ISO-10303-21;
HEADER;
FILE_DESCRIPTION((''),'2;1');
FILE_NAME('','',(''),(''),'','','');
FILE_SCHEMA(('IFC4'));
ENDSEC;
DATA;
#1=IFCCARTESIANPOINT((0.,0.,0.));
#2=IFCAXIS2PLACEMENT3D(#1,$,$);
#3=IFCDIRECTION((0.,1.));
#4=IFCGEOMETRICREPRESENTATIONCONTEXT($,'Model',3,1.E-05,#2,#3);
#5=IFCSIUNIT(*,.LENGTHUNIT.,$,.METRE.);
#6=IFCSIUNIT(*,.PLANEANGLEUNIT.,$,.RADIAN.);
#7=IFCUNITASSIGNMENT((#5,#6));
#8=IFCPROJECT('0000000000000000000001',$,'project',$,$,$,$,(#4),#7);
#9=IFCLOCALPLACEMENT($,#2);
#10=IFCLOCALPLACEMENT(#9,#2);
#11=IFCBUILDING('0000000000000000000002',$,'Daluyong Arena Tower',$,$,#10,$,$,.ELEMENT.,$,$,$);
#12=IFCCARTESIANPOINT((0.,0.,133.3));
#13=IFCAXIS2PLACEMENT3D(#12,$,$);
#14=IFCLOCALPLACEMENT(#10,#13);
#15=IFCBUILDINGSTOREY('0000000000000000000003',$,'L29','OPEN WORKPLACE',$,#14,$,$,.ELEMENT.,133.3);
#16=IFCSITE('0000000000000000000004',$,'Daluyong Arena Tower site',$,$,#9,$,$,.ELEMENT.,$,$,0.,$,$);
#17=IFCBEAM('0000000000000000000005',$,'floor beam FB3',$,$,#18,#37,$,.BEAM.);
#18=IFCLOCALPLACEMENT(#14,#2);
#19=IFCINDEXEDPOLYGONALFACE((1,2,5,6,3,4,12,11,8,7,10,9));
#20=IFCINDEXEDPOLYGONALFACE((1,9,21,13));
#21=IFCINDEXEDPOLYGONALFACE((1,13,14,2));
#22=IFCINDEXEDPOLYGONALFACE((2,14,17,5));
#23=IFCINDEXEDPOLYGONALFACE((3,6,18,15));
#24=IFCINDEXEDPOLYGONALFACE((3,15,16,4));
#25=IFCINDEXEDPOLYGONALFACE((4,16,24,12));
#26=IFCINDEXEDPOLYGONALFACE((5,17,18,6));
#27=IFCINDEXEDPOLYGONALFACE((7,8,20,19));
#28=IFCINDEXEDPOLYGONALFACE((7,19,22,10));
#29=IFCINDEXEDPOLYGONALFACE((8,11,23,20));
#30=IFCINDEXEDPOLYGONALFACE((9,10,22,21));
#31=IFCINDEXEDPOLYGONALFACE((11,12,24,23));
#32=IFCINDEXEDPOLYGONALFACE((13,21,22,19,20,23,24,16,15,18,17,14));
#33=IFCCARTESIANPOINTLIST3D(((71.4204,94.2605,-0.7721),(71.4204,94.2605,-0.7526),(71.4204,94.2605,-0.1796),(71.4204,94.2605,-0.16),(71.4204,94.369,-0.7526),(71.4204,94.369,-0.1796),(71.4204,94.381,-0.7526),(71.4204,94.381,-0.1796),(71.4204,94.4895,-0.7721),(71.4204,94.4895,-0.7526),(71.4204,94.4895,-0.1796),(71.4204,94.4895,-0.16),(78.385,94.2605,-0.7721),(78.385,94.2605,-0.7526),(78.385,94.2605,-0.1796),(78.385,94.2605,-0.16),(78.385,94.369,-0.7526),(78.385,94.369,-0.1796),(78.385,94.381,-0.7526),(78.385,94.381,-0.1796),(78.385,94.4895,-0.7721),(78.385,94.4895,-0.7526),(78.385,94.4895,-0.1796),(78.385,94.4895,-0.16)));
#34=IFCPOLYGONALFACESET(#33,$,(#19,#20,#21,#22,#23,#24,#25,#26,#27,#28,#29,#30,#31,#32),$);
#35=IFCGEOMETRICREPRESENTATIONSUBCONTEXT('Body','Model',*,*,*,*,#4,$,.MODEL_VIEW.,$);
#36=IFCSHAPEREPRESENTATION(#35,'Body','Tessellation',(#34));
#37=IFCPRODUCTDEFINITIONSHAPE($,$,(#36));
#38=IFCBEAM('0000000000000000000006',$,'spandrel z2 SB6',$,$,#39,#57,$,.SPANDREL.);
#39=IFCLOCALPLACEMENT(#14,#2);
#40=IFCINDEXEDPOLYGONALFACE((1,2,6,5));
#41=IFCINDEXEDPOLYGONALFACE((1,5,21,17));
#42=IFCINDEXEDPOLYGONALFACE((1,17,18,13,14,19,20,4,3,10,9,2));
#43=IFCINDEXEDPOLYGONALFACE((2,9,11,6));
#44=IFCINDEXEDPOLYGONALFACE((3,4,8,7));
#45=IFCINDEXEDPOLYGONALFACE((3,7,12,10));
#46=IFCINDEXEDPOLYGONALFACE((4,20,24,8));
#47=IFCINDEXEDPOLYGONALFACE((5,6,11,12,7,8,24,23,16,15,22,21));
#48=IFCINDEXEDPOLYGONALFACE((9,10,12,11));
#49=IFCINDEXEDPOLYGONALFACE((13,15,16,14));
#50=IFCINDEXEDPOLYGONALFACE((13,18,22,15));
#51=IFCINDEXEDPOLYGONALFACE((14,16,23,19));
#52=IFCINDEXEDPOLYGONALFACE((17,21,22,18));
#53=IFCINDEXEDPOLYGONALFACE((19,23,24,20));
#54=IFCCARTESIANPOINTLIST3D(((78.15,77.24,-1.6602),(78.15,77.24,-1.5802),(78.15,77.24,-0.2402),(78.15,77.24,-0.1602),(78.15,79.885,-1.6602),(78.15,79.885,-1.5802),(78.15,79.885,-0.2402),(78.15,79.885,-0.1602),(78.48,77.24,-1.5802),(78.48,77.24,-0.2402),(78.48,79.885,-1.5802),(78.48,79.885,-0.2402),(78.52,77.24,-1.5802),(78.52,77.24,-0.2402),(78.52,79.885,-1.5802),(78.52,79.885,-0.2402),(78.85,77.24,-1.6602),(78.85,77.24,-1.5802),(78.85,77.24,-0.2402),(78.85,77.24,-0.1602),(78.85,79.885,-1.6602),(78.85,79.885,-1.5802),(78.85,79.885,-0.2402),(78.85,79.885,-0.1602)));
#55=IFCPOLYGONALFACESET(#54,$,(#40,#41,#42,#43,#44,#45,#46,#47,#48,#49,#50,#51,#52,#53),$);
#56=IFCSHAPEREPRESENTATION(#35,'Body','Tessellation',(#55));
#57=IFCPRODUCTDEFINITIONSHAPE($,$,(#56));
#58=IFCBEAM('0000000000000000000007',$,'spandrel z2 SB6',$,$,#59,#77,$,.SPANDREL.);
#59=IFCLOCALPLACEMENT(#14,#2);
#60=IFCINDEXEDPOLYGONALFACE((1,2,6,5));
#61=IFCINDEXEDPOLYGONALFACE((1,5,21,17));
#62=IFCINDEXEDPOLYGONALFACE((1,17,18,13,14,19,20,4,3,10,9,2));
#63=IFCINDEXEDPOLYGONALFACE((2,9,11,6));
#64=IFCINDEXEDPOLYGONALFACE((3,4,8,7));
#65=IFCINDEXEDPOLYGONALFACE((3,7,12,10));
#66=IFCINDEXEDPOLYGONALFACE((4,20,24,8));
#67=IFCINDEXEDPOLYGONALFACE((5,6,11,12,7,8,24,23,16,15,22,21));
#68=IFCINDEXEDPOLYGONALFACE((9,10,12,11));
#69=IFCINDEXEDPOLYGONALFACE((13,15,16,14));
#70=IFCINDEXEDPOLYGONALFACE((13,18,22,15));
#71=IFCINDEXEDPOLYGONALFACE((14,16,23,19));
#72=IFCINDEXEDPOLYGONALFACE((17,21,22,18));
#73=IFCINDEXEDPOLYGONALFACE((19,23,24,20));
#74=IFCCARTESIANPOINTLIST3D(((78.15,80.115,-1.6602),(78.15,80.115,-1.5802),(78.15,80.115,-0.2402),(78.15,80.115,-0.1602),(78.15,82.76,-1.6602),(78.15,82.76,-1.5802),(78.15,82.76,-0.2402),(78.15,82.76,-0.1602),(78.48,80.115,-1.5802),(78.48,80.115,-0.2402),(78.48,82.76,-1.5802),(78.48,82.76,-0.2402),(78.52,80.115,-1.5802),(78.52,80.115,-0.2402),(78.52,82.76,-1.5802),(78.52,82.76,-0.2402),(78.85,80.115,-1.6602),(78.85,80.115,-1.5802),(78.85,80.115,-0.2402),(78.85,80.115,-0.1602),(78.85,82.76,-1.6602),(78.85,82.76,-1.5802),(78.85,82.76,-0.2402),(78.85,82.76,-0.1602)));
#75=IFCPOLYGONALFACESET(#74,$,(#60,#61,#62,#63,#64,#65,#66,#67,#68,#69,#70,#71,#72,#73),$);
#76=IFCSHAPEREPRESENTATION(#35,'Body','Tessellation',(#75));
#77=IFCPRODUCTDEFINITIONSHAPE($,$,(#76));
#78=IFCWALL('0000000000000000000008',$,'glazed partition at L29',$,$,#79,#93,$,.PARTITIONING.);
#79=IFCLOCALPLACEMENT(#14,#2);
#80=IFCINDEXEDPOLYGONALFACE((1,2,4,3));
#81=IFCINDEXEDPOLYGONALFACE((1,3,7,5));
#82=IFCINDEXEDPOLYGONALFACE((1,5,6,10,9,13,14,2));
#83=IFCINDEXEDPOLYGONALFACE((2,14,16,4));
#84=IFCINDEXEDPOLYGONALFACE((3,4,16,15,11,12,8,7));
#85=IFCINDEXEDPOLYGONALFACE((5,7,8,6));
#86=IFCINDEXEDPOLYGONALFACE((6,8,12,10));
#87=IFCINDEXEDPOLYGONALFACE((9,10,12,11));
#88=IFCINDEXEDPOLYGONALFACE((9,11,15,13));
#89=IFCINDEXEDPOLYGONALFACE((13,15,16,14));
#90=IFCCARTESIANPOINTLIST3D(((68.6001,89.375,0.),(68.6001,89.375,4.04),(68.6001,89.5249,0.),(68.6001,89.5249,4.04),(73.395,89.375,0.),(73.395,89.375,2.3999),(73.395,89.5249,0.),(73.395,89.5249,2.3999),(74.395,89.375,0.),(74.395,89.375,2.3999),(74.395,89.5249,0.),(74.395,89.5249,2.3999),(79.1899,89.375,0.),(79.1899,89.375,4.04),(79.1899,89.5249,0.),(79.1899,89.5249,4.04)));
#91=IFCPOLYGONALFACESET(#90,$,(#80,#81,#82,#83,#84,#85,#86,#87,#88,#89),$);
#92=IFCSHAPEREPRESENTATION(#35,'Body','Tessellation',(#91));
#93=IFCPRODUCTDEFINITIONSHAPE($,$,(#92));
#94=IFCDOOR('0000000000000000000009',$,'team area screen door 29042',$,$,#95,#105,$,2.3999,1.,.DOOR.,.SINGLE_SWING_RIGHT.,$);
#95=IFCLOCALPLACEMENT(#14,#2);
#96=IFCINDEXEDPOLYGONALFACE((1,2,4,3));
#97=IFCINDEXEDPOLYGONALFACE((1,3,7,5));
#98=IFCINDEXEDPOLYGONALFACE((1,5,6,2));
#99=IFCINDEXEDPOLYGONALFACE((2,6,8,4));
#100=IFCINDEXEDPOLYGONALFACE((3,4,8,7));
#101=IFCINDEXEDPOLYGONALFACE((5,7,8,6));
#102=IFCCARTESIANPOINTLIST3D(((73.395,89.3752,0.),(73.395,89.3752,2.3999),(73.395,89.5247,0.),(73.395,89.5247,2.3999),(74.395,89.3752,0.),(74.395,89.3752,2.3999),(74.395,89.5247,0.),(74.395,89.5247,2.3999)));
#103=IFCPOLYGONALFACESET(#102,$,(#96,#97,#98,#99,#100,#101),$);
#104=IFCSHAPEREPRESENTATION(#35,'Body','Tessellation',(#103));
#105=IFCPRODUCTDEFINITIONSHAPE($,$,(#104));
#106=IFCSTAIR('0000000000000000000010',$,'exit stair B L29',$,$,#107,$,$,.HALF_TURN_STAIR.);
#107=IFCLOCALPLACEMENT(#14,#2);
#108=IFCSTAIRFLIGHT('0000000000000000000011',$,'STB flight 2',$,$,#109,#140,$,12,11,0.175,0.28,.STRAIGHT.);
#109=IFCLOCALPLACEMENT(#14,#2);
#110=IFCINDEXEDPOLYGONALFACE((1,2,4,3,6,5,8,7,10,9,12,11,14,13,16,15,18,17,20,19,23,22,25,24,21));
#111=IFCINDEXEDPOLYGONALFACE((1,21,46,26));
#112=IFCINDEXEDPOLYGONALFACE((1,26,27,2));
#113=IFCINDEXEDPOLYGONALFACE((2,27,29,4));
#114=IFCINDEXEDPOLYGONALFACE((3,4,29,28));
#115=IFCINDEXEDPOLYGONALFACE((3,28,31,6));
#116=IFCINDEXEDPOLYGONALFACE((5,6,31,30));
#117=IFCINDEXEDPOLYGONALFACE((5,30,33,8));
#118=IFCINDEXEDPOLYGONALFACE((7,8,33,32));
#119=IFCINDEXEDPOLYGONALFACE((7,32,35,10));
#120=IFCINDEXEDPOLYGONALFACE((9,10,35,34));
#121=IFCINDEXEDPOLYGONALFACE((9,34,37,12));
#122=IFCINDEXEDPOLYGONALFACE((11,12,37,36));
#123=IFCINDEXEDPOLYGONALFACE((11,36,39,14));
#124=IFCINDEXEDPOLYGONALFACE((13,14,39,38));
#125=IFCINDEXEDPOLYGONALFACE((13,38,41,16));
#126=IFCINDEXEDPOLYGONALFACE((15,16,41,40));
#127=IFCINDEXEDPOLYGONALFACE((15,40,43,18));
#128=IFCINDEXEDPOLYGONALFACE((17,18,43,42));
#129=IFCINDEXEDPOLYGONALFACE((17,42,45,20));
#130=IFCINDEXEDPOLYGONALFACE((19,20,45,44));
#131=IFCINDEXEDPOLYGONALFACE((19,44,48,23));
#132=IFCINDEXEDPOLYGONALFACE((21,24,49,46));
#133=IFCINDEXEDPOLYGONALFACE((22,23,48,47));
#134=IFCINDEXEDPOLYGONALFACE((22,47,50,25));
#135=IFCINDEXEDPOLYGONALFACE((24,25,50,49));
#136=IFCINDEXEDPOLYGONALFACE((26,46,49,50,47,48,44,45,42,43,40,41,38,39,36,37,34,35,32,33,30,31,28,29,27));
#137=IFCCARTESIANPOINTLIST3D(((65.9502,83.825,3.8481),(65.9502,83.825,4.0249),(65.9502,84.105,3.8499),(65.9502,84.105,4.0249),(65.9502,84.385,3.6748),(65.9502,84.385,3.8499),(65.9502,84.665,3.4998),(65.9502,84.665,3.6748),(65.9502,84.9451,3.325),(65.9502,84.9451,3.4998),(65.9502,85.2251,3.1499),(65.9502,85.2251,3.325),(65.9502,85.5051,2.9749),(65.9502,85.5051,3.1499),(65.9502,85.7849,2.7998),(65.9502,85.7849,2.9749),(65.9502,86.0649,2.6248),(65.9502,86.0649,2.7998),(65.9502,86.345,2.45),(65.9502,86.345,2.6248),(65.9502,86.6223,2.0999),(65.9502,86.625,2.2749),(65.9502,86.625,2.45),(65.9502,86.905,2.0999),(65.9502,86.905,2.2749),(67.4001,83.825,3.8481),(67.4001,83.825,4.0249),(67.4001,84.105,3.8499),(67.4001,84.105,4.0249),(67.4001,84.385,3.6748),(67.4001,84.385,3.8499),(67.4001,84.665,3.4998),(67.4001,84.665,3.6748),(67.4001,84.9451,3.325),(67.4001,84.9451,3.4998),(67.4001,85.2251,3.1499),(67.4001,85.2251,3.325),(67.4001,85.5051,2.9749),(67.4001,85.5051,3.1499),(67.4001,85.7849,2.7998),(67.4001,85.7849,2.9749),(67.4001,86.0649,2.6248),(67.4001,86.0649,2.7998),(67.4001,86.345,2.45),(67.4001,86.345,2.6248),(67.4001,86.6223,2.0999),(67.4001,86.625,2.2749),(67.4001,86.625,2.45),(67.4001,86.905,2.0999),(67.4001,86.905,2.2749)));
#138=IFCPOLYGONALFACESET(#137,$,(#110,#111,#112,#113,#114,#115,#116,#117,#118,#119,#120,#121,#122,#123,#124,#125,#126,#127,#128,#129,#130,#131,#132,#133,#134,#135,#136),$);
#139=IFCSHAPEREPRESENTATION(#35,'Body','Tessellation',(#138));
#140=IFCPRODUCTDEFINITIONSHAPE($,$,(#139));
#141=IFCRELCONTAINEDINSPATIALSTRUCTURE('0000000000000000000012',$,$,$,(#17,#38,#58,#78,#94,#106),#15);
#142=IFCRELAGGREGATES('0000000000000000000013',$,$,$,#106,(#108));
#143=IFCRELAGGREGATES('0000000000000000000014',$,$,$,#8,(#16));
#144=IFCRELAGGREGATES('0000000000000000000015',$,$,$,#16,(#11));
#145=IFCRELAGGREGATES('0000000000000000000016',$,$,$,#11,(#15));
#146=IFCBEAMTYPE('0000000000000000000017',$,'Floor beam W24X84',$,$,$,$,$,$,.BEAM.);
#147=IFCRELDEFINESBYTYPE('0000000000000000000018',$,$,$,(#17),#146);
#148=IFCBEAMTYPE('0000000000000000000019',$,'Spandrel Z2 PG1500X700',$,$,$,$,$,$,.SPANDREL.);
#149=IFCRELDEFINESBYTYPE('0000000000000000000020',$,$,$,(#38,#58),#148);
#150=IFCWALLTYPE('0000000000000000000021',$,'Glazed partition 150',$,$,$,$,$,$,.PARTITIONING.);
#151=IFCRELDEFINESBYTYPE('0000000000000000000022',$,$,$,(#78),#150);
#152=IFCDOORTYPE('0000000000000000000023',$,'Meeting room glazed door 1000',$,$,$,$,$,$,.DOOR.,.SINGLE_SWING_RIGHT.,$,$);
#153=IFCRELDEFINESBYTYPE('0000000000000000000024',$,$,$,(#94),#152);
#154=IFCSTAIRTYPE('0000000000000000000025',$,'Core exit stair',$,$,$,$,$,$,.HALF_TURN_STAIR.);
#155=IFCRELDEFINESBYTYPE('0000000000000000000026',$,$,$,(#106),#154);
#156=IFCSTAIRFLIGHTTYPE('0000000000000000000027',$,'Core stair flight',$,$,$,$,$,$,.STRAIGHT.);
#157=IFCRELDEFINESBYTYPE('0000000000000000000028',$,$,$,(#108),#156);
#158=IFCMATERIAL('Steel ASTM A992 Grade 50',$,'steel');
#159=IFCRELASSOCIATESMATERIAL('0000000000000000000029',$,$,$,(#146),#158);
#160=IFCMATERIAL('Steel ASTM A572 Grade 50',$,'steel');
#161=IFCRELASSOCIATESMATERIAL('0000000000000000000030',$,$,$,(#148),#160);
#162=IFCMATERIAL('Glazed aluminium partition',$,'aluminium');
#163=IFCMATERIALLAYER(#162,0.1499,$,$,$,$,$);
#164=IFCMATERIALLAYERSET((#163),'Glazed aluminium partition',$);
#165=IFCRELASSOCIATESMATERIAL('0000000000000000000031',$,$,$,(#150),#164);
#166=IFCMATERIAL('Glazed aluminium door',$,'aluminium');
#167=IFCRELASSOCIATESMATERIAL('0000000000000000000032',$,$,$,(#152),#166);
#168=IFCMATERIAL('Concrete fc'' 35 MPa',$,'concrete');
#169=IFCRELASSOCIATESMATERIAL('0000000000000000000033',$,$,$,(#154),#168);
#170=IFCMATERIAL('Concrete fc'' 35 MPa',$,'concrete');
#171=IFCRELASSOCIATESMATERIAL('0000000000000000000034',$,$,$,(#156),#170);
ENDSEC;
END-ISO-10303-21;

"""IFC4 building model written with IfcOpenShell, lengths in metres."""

from ifc_helpers import new_model, si_unit, direction, frame, frame_2d, origin, origin_2d, place, context, subcontext, project, spatial, polyline, rectangle, i_section, outline, extrude, material, layer, layer_set, material_profile, profile_set, type_object, element, fill, aggregate, save


model = new_model("IFC4")

# Units and contexts
model_context = context("Model", 3, precision=1e-05, world=origin(), true_north=direction((0.0, 1.0)))
body_context = subcontext(model_context, "Body", "Model", "MODEL_VIEW")
ifc_project = project(units=[si_unit("LENGTHUNIT", "METRE"), si_unit("PLANEANGLEUNIT", "RADIAN")], contexts=[model_context])

# Site, building, storey
site_placement = place(None, origin())
site = spatial("IfcSite", under=ifc_project, at=site_placement, Name="Daluyong Arena Tower site", CompositionType="ELEMENT", RefElevation=0.0)
building_placement = place(site_placement, origin())
building = spatial("IfcBuilding", under=site, at=building_placement, Name="Daluyong Arena Tower", CompositionType="ELEMENT")
storey_placement = place(building_placement, frame((0.0, 0.0, 133.3)))
storey = spatial("IfcBuildingStorey", under=building, at=storey_placement, Name="L29", Description="OPEN WORKPLACE", CompositionType="ELEMENT", Elevation=133.3)

# Beams
ifc_material_1 = material(Name="Steel ASTM A992 Grade 50", Category="steel")
ifc_material_profile_1 = material_profile(ifc_material_1, i_section(OverallWidth=0.229, OverallDepth=0.6121, WebThickness=0.012, FlangeThickness=0.0195, at=origin_2d()))
ifc_profile_set_1 = profile_set([ifc_material_profile_1], Name="Steel ASTM A992 Grade 50")
beam_type_1 = type_object("IfcBeamType", Name="Floor beam W24X84", PredefinedType="BEAM", material=ifc_profile_set_1)
beam_1_placement = place(storey_placement, frame((78.385, 94.375, -0.4661), z_axis=(-1.0, 0.0, 0.0), x_axis=(0.0, -1.0, 0.0)))
element("IfcBeam", 1, at=beam_1_placement, inside=storey, type_object=beam_type_1, Name="floor beam FB3", PredefinedType="BEAM", context=body_context, shape_type="SweptSolid", body=[
    extrude(i_section(OverallWidth=0.229, OverallDepth=0.6121, WebThickness=0.012, FlangeThickness=0.0195, at=origin_2d()), origin(), (0.0, 0.0, 1.0), 6.9646),
])
ifc_material_2 = material(Name="Steel ASTM A572 Grade 50", Category="steel")
ifc_material_profile_2 = material_profile(ifc_material_2, i_section(OverallWidth=0.7, OverallDepth=1.5, WebThickness=0.04, FlangeThickness=0.08, at=origin_2d()))
ifc_profile_set_2 = profile_set([ifc_material_profile_2], Name="Steel ASTM A572 Grade 50")
beam_type_2 = type_object("IfcBeamType", Name="Spandrel Z2 PG1500X700", PredefinedType="SPANDREL", material=ifc_profile_set_2)
for number, where, z_axis, x_axis, name in (
    (2, (78.5, 77.24, -0.9102), (0.0, 1.0, 0.0), (-1.0, 0.0, 0.0), "spandrel z2 SB6"),
    (3, (78.5, 80.115, -0.9102), (0.0, 1.0, 0.0), (-1.0, 0.0, 0.0), "spandrel z2 SB6"),
):
    element("IfcBeam", number, at=place(storey_placement, frame(where, z_axis=z_axis, x_axis=x_axis)), inside=storey, type_object=beam_type_2, Name=name, PredefinedType="SPANDREL", context=body_context, shape_type="SweptSolid", body=[
        extrude(i_section(OverallWidth=0.7, OverallDepth=1.5, WebThickness=0.04, FlangeThickness=0.08, at=origin_2d()), origin(), (0.0, 0.0, 1.0), 2.645),
    ])

# Wall, opening, door
ifc_material_3 = material(Name="Glazed aluminium partition", Category="aluminium")
ifc_layer = layer(ifc_material_3, 0.1499)
ifc_layer_set = layer_set([ifc_layer], Name="Glazed aluminium partition")
wall_type = type_object("IfcWallType", Name="Glazed partition 150", PredefinedType="PARTITIONING", material=ifc_layer_set)
wall_placement = place(storey_placement, frame((68.6001, 89.45, 0.0), z_axis=(0.0, 0.0, 1.0), x_axis=(1.0, 0.0, 0.0)))
wall = element("IfcWall", 4, at=wall_placement, inside=storey, type_object=wall_type, Name="glazed partition at L29", PredefinedType="PARTITIONING", context=body_context, shape_type="SweptSolid", body=[
    extrude(rectangle(XDim=10.5898, YDim=0.1499, at=frame_2d((5.2949, 0.0))), origin(), (0.0, 0.0, 1.0), 4.04),
])
opening_placement = place(wall_placement, frame((4.7949, 0.0, 0.0)))
opening = element("IfcOpeningElement", 5, at=opening_placement, cuts=wall, PredefinedType="OPENING", context=body_context, shape_type="SweptSolid", body=[
    extrude(rectangle(XDim=1.0, YDim=2.3999, at=frame_2d((0.5, 1.2))), frame((0.0, 0.085, 0.0), z_axis=(0.0, -1.0, 0.0), x_axis=(1.0, 0.0, 0.0)), (0.0, 0.0, 1.0), 0.1699),
])
ifc_material_4 = material(Name="Glazed aluminium door", Category="aluminium")
door_type = type_object("IfcDoorType", Name="Meeting room glazed door 1000", OperationType="SINGLE_SWING_RIGHT", PredefinedType="DOOR", material=ifc_material_4)
door_placement = place(opening_placement, origin())
door = element("IfcDoor", 6, at=door_placement, inside=storey, type_object=door_type, Name="team area screen door 29042", OperationType="SINGLE_SWING_RIGHT", OverallHeight=2.3999, OverallWidth=1.0, PredefinedType="DOOR", context=body_context, shape_type="SweptSolid", body=[
    extrude(rectangle(XDim=1.0, YDim=2.3999, at=frame_2d((0.5, 1.2))), frame((0.0, 0.0747, 0.0), z_axis=(0.0, -1.0, 0.0), x_axis=(1.0, 0.0, 0.0)), (0.0, 0.0, 1.0), 0.1494),
])
fill(opening, door)

# Stair, stair flight
ifc_material_5 = material(Name="Concrete fc' 35 MPa", Category="concrete")
stair_type = type_object("IfcStairType", Name="Core exit stair", PredefinedType="HALF_TURN_STAIR", material=ifc_material_5)
stair_placement = place(storey_placement, origin())
stair = element("IfcStair", 7, at=stair_placement, inside=storey, type_object=stair_type, Name="exit stair B L29", PredefinedType="HALF_TURN_STAIR")
ifc_material_6 = material(Name="Concrete fc' 35 MPa", Category="concrete")
stair_flight_type = type_object("IfcStairFlightType", Name="Core stair flight", PredefinedType="STRAIGHT", material=ifc_material_6)
stair_flight_placement = place(storey_placement, frame((66.675, 86.905, 2.0999), z_axis=(0.0, 0.0, 1.0), x_axis=(0.0, -1.0, 0.0)))
stair_flight = element("IfcStairFlight", 8, at=stair_flight_placement, type_object=stair_flight_type, Name="STB flight 2", NumberOfRisers=12, NumberOfTreads=11, PredefinedType="STRAIGHT", RiserHeight=0.175, TreadLength=0.28, context=body_context, shape_type="SweptSolid", body=[
    extrude(outline(polyline([(0.0, 0.0), (0.0, 0.175), (0.28, 0.175), (0.28, 0.3501), (0.5601, 0.3501), (0.5601, 0.5249), (0.8401, 0.5249), (0.8401, 0.7), (1.1201, 0.7), (1.1201, 0.875), (1.3999, 0.875), (1.3999, 1.05), (1.6799, 1.05), (1.6799, 1.2251), (1.96, 1.2251), (1.96, 1.3999), (2.24, 1.3999), (2.24, 1.575), (2.52, 1.575), (2.52, 1.75), (2.8, 1.75), (2.8, 1.925), (3.0801, 1.925), (3.0801, 2.1001), (3.0801, 1.7483), (0.2827, 0.0), (0.0, 0.0)])), frame((0.0, 0.7251, 0.0), z_axis=(0.0, -1.0, 0.0), x_axis=(1.0, 0.0, 0.0)), (0.0, 0.0, 1.0), 1.45),
])
aggregate(stair, [stair_flight])

save(model, "model.ifc")
